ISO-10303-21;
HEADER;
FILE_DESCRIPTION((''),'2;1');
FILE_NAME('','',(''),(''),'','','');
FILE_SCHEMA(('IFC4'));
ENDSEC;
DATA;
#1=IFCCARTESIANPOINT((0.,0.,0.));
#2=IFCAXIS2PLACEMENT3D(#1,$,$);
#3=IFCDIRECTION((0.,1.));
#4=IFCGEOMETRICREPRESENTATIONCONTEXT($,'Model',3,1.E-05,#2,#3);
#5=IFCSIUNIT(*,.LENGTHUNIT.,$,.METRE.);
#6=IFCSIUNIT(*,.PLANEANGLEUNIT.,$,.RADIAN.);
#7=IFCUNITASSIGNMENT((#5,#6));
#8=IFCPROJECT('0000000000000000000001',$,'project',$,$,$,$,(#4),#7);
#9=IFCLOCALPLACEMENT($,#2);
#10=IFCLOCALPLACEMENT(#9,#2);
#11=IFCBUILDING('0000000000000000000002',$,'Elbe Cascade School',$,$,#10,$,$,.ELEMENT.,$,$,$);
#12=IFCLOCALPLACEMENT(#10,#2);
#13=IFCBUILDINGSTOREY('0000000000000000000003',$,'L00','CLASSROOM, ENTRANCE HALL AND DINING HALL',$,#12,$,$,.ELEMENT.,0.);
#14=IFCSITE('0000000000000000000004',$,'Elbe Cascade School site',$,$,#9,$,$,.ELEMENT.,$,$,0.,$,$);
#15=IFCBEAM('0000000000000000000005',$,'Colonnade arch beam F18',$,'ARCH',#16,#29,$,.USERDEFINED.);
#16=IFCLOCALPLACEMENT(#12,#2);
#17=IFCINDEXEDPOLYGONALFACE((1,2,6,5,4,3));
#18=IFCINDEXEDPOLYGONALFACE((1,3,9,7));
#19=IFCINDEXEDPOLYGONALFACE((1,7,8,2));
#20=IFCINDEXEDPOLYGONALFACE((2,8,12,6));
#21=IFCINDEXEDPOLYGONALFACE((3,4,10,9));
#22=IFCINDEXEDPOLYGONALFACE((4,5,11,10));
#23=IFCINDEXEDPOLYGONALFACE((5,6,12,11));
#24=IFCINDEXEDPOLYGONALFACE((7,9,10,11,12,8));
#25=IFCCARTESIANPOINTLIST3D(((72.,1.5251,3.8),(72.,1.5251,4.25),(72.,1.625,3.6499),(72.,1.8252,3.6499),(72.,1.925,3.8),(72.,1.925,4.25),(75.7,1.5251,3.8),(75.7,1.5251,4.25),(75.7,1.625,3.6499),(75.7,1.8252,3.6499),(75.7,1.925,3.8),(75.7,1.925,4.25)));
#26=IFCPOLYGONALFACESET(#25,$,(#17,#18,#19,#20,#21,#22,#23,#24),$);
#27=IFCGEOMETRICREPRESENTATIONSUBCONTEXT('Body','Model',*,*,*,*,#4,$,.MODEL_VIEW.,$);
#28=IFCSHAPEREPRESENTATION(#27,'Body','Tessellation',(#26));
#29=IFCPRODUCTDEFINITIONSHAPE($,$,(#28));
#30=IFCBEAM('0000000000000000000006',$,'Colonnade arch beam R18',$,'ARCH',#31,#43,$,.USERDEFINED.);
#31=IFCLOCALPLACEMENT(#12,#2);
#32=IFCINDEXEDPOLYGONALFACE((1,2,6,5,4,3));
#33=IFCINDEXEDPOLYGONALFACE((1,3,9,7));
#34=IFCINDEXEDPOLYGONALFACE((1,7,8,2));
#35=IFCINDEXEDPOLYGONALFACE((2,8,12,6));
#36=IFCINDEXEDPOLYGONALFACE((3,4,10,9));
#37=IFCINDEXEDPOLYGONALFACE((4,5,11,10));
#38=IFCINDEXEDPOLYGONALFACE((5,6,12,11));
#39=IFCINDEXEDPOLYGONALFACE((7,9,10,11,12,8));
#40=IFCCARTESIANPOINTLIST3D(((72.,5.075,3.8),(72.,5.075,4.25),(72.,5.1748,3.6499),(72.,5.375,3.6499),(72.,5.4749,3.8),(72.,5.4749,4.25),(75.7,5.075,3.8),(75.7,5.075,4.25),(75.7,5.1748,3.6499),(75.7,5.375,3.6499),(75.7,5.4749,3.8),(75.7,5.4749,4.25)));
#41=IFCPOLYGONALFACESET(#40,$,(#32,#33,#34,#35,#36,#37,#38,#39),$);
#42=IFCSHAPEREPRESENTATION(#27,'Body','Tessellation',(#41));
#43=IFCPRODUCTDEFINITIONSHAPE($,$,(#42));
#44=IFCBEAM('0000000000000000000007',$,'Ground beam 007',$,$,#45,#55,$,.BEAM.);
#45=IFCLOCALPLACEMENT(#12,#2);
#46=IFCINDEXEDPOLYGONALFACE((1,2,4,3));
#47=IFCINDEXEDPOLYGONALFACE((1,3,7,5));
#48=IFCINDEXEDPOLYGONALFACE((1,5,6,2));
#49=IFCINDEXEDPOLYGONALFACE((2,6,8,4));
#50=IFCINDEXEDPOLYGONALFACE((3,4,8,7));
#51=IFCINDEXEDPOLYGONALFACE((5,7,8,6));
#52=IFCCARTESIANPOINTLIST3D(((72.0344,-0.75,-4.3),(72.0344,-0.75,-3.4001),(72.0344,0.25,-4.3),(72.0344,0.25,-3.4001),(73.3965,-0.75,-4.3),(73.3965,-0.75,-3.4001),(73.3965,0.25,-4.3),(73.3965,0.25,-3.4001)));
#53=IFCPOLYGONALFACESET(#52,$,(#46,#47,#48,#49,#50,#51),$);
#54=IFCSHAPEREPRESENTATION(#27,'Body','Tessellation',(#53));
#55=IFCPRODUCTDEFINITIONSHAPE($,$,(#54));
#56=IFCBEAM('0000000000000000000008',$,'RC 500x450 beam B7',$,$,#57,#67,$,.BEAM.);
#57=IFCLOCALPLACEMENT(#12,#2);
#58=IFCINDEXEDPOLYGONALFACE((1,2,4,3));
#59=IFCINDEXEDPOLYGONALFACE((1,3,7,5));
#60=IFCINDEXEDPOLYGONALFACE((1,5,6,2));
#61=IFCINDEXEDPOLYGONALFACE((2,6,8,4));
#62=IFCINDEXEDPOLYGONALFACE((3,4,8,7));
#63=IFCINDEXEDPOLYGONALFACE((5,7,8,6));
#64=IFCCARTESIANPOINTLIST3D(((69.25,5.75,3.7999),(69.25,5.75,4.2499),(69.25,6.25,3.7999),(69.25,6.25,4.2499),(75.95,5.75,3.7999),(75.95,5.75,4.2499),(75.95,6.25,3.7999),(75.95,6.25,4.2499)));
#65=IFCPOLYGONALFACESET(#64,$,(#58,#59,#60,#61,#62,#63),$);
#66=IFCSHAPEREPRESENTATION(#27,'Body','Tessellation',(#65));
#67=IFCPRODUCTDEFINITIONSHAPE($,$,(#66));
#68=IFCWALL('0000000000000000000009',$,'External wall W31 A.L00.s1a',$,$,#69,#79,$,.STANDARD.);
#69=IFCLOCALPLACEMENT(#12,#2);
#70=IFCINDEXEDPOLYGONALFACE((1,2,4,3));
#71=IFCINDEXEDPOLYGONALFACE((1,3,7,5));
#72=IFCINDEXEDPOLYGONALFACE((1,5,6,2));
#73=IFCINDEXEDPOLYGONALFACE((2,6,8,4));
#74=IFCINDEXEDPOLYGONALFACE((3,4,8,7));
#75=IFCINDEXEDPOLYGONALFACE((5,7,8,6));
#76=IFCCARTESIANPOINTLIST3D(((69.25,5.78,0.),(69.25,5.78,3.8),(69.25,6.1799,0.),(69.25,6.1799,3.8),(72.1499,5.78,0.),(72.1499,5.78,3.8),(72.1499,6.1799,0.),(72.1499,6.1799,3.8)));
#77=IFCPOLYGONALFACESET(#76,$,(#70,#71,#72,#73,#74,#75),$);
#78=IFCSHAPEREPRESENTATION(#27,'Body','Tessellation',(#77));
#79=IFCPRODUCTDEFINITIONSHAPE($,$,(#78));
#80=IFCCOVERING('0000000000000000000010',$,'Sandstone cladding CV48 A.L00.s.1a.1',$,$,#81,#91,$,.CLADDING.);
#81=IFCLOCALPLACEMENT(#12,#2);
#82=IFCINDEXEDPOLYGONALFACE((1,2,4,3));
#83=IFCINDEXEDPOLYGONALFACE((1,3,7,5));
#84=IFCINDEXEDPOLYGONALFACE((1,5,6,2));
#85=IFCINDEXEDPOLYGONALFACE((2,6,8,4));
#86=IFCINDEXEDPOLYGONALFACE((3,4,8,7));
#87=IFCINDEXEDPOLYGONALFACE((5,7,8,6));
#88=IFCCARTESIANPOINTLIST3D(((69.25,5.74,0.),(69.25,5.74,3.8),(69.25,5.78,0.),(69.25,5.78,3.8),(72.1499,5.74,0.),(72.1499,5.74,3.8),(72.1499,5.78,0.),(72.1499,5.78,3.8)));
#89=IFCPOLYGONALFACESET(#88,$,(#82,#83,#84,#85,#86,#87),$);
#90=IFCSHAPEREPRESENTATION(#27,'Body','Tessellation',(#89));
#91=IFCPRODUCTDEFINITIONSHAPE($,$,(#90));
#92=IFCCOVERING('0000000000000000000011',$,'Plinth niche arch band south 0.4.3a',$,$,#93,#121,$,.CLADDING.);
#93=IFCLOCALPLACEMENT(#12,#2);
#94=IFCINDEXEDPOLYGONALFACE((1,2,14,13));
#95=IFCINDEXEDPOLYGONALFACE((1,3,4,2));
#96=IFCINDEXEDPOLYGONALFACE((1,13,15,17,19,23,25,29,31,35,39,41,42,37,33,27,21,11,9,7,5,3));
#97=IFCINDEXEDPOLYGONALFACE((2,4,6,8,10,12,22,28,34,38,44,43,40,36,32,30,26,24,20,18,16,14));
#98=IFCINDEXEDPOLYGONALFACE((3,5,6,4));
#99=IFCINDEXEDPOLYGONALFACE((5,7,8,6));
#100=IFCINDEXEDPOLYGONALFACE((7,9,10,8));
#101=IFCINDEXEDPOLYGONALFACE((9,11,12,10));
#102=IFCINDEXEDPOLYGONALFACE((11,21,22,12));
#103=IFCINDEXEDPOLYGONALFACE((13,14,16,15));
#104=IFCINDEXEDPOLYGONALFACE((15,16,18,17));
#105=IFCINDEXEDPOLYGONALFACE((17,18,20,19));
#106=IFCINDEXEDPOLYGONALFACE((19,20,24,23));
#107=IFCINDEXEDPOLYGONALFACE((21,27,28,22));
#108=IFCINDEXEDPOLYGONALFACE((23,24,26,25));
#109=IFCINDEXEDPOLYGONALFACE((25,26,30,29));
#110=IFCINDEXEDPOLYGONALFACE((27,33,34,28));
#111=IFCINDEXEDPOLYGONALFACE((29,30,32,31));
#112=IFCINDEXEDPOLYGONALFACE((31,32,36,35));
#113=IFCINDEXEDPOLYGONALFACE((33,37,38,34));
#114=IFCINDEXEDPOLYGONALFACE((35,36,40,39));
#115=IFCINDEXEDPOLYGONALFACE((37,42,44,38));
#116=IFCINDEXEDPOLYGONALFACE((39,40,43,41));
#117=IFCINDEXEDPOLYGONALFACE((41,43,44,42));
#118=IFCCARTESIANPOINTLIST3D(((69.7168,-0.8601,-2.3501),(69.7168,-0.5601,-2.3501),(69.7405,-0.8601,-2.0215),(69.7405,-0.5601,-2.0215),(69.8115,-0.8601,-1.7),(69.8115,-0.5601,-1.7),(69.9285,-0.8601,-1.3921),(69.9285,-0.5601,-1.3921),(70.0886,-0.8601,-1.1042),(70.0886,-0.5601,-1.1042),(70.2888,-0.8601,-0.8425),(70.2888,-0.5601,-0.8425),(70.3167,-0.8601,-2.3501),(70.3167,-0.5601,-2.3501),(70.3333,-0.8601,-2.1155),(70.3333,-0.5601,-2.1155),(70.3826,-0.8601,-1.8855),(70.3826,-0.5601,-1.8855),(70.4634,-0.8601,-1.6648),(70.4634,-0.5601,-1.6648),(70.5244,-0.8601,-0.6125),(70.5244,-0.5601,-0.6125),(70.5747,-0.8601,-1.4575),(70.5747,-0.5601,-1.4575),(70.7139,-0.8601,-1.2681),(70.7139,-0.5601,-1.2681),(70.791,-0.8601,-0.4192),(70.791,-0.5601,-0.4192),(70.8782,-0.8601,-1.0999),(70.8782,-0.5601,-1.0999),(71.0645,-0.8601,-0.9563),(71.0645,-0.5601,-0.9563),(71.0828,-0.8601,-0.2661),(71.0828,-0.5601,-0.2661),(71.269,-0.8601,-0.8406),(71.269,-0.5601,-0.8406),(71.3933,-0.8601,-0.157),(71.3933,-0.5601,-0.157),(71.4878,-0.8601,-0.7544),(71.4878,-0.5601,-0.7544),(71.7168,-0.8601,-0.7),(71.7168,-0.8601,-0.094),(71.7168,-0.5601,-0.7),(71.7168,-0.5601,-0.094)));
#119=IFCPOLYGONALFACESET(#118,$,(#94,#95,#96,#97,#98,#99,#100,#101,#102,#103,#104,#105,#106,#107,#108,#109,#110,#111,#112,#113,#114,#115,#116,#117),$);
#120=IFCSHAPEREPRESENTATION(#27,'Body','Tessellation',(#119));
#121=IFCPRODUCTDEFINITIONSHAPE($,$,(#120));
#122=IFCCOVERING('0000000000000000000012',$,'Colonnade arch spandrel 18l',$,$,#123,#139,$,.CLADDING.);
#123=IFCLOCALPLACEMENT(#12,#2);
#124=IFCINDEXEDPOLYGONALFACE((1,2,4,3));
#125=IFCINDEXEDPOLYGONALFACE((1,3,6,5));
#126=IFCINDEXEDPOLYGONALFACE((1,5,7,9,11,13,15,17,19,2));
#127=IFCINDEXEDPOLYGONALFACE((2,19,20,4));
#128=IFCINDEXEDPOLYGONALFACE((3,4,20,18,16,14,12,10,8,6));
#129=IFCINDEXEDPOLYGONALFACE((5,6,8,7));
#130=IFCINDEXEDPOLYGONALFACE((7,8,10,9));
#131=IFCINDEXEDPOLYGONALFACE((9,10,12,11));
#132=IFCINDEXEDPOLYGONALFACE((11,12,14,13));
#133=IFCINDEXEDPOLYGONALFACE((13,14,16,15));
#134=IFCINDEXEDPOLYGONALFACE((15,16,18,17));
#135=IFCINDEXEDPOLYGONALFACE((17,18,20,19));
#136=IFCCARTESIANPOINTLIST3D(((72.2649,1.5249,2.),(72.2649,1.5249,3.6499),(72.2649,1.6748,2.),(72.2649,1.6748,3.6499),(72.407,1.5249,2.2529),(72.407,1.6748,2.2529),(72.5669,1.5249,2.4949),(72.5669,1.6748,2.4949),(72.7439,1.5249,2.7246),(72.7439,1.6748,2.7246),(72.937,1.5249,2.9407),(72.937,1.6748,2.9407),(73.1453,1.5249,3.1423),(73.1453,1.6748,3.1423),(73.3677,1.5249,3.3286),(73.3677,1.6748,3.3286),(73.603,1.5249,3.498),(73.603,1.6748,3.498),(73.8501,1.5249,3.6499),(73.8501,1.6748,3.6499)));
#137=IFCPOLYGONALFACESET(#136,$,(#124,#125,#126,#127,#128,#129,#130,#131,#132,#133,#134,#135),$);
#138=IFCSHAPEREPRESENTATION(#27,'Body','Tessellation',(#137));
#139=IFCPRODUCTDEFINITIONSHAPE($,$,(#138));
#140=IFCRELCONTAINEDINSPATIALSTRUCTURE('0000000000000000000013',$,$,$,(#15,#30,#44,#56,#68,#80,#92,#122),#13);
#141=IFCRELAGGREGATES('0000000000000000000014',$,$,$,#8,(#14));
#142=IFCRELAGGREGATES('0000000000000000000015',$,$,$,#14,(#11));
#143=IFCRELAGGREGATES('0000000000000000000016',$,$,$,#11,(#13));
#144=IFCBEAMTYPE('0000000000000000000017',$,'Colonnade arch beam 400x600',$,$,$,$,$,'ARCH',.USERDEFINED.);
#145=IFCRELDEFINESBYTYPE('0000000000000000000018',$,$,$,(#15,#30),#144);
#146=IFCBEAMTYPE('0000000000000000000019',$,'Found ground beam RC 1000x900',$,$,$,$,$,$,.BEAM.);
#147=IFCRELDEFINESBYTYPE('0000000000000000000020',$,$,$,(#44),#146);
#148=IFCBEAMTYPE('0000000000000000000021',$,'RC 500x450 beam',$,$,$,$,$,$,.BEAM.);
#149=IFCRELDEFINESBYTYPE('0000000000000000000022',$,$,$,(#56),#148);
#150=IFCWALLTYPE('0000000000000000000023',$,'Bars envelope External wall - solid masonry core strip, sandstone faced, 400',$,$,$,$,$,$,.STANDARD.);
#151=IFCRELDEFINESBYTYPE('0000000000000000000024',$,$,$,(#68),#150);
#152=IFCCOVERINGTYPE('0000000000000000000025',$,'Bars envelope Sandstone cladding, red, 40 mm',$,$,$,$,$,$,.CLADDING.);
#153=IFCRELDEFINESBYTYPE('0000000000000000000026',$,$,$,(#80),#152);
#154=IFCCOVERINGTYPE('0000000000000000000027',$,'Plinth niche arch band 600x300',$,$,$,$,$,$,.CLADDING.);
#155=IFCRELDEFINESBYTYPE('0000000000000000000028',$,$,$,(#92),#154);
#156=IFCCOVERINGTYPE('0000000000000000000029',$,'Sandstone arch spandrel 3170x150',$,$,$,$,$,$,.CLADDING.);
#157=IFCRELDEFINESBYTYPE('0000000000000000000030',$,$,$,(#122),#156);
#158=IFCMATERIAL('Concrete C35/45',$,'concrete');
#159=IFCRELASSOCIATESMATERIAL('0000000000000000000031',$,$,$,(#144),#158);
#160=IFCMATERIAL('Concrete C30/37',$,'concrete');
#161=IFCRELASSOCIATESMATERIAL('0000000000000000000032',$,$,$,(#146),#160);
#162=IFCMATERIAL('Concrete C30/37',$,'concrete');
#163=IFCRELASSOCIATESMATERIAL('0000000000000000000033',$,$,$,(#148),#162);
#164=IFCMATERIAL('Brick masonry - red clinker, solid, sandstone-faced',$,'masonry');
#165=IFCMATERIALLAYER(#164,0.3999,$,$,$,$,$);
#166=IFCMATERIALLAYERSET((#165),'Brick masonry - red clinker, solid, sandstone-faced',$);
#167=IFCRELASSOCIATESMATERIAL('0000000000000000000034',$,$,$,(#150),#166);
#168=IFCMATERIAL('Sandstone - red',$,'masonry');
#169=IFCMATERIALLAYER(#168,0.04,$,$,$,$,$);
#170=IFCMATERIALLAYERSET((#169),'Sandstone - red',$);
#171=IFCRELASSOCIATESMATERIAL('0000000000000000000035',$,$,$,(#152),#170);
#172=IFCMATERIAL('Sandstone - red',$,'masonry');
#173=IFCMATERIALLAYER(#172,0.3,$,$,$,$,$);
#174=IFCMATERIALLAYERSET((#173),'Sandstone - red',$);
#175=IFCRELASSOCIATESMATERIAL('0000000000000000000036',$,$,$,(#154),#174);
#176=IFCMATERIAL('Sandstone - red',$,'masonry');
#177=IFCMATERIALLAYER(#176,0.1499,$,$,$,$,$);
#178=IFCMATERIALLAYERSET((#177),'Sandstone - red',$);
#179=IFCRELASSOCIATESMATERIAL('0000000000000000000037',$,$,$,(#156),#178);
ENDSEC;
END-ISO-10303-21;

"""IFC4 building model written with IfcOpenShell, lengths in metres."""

from ifc_helpers import new_model, si_unit, direction, frame, frame_2d, origin, origin_2d, place, context, subcontext, project, spatial, polyline, rectangle, outline, extrude, material, layer, layer_set, material_profile, profile_set, type_object, element, save


model = new_model("IFC4")

# Units and contexts
model_context = context("Model", 3, precision=1e-05, world=origin(), true_north=direction((0.0, 1.0)))
body_context = subcontext(model_context, "Body", "Model", "MODEL_VIEW")
ifc_project = project(units=[si_unit("LENGTHUNIT", "METRE"), si_unit("PLANEANGLEUNIT", "RADIAN")], contexts=[model_context])

# Site, building, storey
site_placement = place(None, origin())
site = spatial("IfcSite", under=ifc_project, at=site_placement, Name="Elbe Cascade School site", CompositionType="ELEMENT", RefElevation=0.0)
building_placement = place(site_placement, origin())
building = spatial("IfcBuilding", under=site, at=building_placement, Name="Elbe Cascade School", CompositionType="ELEMENT")
storey_placement = place(building_placement, origin())
storey = spatial("IfcBuildingStorey", under=building, at=storey_placement, Name="L00", Description="CLASSROOM, ENTRANCE HALL AND DINING HALL", CompositionType="ELEMENT", Elevation=0.0)

# Beams
ifc_material_1 = material(Name="Concrete C35/45", Category="concrete")
ifc_material_profile_1 = material_profile(ifc_material_1, outline(polyline([(-0.2, 0.3), (0.2, 0.3), (0.2, -0.1499), (0.1001, -0.3), (-0.1001, -0.3), (-0.2, -0.1499), (-0.2, 0.3)])), Name="RC arch 400x600")
ifc_profile_set_1 = profile_set([ifc_material_profile_1], Name="Concrete C35/45")
beam_type_1 = type_object("IfcBeamType", Name="Colonnade arch beam 400x600", ElementType="ARCH", PredefinedType="USERDEFINED", material=ifc_profile_set_1)
for number, where, z_axis, x_axis, name in (
    (1, (72.0, 1.7251, 3.95), (1.0, 0.0, 0.0), (0.0, 1.0, 0.0), "Colonnade arch beam F18"),
    (2, (72.0, 5.2749, 3.95), (1.0, 0.0, 0.0), (0.0, 1.0, 0.0), "Colonnade arch beam R18"),
):
    element("IfcBeam", number, at=place(storey_placement, frame(where, z_axis=z_axis, x_axis=x_axis)), inside=storey, type_object=beam_type_1, Name=name, ObjectType="ARCH", PredefinedType="USERDEFINED", context=body_context, shape_type="SweptSolid", body=[
        extrude(outline(polyline([(-0.2, 0.3), (0.2, 0.3), (0.2, -0.1499), (0.1001, -0.3), (-0.1001, -0.3), (-0.2, -0.1499), (-0.2, 0.3)])), origin(), (0.0, 0.0, 1.0), 3.7),
    ])
ifc_material_2 = material(Name="Concrete C30/37", Category="concrete")
ifc_material_profile_2 = material_profile(ifc_material_2, rectangle(XDim=1.0, YDim=0.8999, at=origin_2d()), Name="RC 1000x900")
ifc_profile_set_2 = profile_set([ifc_material_profile_2], Name="Concrete C30/37")
beam_type_2 = type_object("IfcBeamType", Name="Found ground beam RC 1000x900", PredefinedType="BEAM", material=ifc_profile_set_2)
beam_1_placement = place(storey_placement, frame((72.0344, -0.25, -3.8501), z_axis=(1.0, 0.0, 0.0), x_axis=(0.0, 1.0, 0.0)))
element("IfcBeam", 3, at=beam_1_placement, inside=storey, type_object=beam_type_2, Name="Ground beam 007", PredefinedType="BEAM", context=body_context, shape_type="SweptSolid", body=[
    extrude(rectangle(XDim=1.0, YDim=0.8999, at=origin_2d()), origin(), (0.0, 0.0, 1.0), 1.3621),
])
ifc_material_3 = material(Name="Concrete C30/37", Category="concrete")
ifc_material_profile_3 = material_profile(ifc_material_3, rectangle(XDim=0.5, YDim=0.45, at=origin_2d()), Name="RC 500x450")
ifc_profile_set_3 = profile_set([ifc_material_profile_3], Name="Concrete C30/37")
beam_type_3 = type_object("IfcBeamType", Name="RC 500x450 beam", PredefinedType="BEAM", material=ifc_profile_set_3)
beam_2_placement = place(storey_placement, frame((69.25, 6.0, 4.0249), z_axis=(1.0, 0.0, 0.0), x_axis=(0.0, 1.0, 0.0)))
element("IfcBeam", 4, at=beam_2_placement, inside=storey, type_object=beam_type_3, Name="RC 500x450 beam B7", PredefinedType="BEAM", context=body_context, shape_type="SweptSolid", body=[
    extrude(rectangle(XDim=0.5, YDim=0.45, at=origin_2d()), origin(), (0.0, 0.0, 1.0), 6.7),
])

# Wall
ifc_material_4 = material(Name="Brick masonry - red clinker, solid, sandstone-faced", Category="masonry")
ifc_layer_1 = layer(ifc_material_4, 0.3999)
ifc_layer_set_1 = layer_set([ifc_layer_1], Name="Brick masonry - red clinker, solid, sandstone-faced")
wall_type = type_object("IfcWallType", Name="Bars envelope External wall - solid masonry core strip, sandstone faced, 400", PredefinedType="STANDARD", material=ifc_layer_set_1)
wall_placement = place(storey_placement, frame((72.1499, 5.98, 0.0), z_axis=(0.0, 0.0, 1.0), x_axis=(-1.0, 0.0, 0.0)))
element("IfcWall", 5, at=wall_placement, inside=storey, type_object=wall_type, Name="External wall W31 A.L00.s1a", PredefinedType="STANDARD", context=body_context, shape_type="SweptSolid", body=[
    extrude(rectangle(XDim=2.8999, YDim=0.3999, at=frame_2d((1.45, 0.0))), origin(), (0.0, 0.0, 1.0), 3.8),
])

# Coverings
ifc_material_5 = material(Name="Sandstone - red", Category="masonry")
ifc_layer_2 = layer(ifc_material_5, 0.04)
ifc_layer_set_2 = layer_set([ifc_layer_2], Name="Sandstone - red")
covering_type_1 = type_object("IfcCoveringType", Name="Bars envelope Sandstone cladding, red, 40 mm", PredefinedType="CLADDING", material=ifc_layer_set_2)
covering_1_placement = place(storey_placement, frame((70.7, 5.76, 0.0), z_axis=(0.0, 0.0, 1.0), x_axis=(1.0, 0.0, 0.0)))
element("IfcCovering", 6, at=covering_1_placement, inside=storey, type_object=covering_type_1, Name="Sandstone cladding CV48 A.L00.s.1a.1", PredefinedType="CLADDING", context=body_context, shape_type="SweptSolid", body=[
    extrude(rectangle(XDim=2.8999, YDim=0.04, at=origin_2d()), origin(), (0.0, 0.0, 1.0), 3.8),
])
ifc_material_6 = material(Name="Sandstone - red", Category="masonry")
ifc_layer_3 = layer(ifc_material_6, 0.3)
ifc_layer_set_3 = layer_set([ifc_layer_3], Name="Sandstone - red")
covering_type_2 = type_object("IfcCoveringType", Name="Plinth niche arch band 600x300", PredefinedType="CLADDING", material=ifc_layer_set_3)
covering_2_placement = place(storey_placement, frame((69.7168, -0.8601, -2.3501), z_axis=(0.0, -1.0, 0.0), x_axis=(1.0, 0.0, 0.0)))
element("IfcCovering", 7, at=covering_2_placement, inside=storey, type_object=covering_type_2, Name="Plinth niche arch band south 0.4.3a", PredefinedType="CLADDING", context=body_context, shape_type="SweptSolid", body=[
    extrude(outline(polyline([(0.0, 0.0), (0.5999, 0.0), (0.6165, 0.2346), (0.6658, 0.4646), (0.7466, 0.6853), (0.8579, 0.8926), (0.9971, 1.082), (1.1614, 1.2502), (1.3477, 1.3938), (1.5522, 1.5095), (1.771, 1.5957), (2.0, 1.6501), (2.0, 2.2561), (1.6765, 2.1931), (1.366, 2.084), (1.0742, 1.9309), (0.8076, 1.7375), (0.572, 1.5076), (0.3718, 1.2458), (0.2117, 0.958), (0.0947, 0.6501), (0.0237, 0.3286), (0.0, 0.0)])), origin(), (0.0, 0.0, -1.0), 0.3),
])
ifc_material_7 = material(Name="Sandstone - red", Category="masonry")
ifc_layer_4 = layer(ifc_material_7, 0.1499)
ifc_layer_set_4 = layer_set([ifc_layer_4], Name="Sandstone - red")
covering_type_3 = type_object("IfcCoveringType", Name="Sandstone arch spandrel 3170x150", PredefinedType="CLADDING", material=ifc_layer_set_4)
covering_3_placement = place(storey_placement, frame((72.2649, 1.5249, 3.6499), z_axis=(0.0, -1.0, 0.0), x_axis=(0.0, 0.0, -1.0)))
element("IfcCovering", 8, at=covering_3_placement, inside=storey, type_object=covering_type_3, Name="Colonnade arch spandrel 18l", PredefinedType="CLADDING", context=body_context, shape_type="SweptSolid", body=[
    extrude(outline(polyline([(0.0, 0.0), (1.6499, 0.0), (1.397, 0.1421), (1.155, 0.302), (0.9253, 0.479), (0.7092, 0.6721), (0.5076, 0.8804), (0.3213, 1.1028), (0.1519, 1.3381), (0.0, 1.5852), (0.0, 0.0)])), origin(), (0.0, 0.0, -1.0), 0.1499),
])

save(model, "model.ifc")
